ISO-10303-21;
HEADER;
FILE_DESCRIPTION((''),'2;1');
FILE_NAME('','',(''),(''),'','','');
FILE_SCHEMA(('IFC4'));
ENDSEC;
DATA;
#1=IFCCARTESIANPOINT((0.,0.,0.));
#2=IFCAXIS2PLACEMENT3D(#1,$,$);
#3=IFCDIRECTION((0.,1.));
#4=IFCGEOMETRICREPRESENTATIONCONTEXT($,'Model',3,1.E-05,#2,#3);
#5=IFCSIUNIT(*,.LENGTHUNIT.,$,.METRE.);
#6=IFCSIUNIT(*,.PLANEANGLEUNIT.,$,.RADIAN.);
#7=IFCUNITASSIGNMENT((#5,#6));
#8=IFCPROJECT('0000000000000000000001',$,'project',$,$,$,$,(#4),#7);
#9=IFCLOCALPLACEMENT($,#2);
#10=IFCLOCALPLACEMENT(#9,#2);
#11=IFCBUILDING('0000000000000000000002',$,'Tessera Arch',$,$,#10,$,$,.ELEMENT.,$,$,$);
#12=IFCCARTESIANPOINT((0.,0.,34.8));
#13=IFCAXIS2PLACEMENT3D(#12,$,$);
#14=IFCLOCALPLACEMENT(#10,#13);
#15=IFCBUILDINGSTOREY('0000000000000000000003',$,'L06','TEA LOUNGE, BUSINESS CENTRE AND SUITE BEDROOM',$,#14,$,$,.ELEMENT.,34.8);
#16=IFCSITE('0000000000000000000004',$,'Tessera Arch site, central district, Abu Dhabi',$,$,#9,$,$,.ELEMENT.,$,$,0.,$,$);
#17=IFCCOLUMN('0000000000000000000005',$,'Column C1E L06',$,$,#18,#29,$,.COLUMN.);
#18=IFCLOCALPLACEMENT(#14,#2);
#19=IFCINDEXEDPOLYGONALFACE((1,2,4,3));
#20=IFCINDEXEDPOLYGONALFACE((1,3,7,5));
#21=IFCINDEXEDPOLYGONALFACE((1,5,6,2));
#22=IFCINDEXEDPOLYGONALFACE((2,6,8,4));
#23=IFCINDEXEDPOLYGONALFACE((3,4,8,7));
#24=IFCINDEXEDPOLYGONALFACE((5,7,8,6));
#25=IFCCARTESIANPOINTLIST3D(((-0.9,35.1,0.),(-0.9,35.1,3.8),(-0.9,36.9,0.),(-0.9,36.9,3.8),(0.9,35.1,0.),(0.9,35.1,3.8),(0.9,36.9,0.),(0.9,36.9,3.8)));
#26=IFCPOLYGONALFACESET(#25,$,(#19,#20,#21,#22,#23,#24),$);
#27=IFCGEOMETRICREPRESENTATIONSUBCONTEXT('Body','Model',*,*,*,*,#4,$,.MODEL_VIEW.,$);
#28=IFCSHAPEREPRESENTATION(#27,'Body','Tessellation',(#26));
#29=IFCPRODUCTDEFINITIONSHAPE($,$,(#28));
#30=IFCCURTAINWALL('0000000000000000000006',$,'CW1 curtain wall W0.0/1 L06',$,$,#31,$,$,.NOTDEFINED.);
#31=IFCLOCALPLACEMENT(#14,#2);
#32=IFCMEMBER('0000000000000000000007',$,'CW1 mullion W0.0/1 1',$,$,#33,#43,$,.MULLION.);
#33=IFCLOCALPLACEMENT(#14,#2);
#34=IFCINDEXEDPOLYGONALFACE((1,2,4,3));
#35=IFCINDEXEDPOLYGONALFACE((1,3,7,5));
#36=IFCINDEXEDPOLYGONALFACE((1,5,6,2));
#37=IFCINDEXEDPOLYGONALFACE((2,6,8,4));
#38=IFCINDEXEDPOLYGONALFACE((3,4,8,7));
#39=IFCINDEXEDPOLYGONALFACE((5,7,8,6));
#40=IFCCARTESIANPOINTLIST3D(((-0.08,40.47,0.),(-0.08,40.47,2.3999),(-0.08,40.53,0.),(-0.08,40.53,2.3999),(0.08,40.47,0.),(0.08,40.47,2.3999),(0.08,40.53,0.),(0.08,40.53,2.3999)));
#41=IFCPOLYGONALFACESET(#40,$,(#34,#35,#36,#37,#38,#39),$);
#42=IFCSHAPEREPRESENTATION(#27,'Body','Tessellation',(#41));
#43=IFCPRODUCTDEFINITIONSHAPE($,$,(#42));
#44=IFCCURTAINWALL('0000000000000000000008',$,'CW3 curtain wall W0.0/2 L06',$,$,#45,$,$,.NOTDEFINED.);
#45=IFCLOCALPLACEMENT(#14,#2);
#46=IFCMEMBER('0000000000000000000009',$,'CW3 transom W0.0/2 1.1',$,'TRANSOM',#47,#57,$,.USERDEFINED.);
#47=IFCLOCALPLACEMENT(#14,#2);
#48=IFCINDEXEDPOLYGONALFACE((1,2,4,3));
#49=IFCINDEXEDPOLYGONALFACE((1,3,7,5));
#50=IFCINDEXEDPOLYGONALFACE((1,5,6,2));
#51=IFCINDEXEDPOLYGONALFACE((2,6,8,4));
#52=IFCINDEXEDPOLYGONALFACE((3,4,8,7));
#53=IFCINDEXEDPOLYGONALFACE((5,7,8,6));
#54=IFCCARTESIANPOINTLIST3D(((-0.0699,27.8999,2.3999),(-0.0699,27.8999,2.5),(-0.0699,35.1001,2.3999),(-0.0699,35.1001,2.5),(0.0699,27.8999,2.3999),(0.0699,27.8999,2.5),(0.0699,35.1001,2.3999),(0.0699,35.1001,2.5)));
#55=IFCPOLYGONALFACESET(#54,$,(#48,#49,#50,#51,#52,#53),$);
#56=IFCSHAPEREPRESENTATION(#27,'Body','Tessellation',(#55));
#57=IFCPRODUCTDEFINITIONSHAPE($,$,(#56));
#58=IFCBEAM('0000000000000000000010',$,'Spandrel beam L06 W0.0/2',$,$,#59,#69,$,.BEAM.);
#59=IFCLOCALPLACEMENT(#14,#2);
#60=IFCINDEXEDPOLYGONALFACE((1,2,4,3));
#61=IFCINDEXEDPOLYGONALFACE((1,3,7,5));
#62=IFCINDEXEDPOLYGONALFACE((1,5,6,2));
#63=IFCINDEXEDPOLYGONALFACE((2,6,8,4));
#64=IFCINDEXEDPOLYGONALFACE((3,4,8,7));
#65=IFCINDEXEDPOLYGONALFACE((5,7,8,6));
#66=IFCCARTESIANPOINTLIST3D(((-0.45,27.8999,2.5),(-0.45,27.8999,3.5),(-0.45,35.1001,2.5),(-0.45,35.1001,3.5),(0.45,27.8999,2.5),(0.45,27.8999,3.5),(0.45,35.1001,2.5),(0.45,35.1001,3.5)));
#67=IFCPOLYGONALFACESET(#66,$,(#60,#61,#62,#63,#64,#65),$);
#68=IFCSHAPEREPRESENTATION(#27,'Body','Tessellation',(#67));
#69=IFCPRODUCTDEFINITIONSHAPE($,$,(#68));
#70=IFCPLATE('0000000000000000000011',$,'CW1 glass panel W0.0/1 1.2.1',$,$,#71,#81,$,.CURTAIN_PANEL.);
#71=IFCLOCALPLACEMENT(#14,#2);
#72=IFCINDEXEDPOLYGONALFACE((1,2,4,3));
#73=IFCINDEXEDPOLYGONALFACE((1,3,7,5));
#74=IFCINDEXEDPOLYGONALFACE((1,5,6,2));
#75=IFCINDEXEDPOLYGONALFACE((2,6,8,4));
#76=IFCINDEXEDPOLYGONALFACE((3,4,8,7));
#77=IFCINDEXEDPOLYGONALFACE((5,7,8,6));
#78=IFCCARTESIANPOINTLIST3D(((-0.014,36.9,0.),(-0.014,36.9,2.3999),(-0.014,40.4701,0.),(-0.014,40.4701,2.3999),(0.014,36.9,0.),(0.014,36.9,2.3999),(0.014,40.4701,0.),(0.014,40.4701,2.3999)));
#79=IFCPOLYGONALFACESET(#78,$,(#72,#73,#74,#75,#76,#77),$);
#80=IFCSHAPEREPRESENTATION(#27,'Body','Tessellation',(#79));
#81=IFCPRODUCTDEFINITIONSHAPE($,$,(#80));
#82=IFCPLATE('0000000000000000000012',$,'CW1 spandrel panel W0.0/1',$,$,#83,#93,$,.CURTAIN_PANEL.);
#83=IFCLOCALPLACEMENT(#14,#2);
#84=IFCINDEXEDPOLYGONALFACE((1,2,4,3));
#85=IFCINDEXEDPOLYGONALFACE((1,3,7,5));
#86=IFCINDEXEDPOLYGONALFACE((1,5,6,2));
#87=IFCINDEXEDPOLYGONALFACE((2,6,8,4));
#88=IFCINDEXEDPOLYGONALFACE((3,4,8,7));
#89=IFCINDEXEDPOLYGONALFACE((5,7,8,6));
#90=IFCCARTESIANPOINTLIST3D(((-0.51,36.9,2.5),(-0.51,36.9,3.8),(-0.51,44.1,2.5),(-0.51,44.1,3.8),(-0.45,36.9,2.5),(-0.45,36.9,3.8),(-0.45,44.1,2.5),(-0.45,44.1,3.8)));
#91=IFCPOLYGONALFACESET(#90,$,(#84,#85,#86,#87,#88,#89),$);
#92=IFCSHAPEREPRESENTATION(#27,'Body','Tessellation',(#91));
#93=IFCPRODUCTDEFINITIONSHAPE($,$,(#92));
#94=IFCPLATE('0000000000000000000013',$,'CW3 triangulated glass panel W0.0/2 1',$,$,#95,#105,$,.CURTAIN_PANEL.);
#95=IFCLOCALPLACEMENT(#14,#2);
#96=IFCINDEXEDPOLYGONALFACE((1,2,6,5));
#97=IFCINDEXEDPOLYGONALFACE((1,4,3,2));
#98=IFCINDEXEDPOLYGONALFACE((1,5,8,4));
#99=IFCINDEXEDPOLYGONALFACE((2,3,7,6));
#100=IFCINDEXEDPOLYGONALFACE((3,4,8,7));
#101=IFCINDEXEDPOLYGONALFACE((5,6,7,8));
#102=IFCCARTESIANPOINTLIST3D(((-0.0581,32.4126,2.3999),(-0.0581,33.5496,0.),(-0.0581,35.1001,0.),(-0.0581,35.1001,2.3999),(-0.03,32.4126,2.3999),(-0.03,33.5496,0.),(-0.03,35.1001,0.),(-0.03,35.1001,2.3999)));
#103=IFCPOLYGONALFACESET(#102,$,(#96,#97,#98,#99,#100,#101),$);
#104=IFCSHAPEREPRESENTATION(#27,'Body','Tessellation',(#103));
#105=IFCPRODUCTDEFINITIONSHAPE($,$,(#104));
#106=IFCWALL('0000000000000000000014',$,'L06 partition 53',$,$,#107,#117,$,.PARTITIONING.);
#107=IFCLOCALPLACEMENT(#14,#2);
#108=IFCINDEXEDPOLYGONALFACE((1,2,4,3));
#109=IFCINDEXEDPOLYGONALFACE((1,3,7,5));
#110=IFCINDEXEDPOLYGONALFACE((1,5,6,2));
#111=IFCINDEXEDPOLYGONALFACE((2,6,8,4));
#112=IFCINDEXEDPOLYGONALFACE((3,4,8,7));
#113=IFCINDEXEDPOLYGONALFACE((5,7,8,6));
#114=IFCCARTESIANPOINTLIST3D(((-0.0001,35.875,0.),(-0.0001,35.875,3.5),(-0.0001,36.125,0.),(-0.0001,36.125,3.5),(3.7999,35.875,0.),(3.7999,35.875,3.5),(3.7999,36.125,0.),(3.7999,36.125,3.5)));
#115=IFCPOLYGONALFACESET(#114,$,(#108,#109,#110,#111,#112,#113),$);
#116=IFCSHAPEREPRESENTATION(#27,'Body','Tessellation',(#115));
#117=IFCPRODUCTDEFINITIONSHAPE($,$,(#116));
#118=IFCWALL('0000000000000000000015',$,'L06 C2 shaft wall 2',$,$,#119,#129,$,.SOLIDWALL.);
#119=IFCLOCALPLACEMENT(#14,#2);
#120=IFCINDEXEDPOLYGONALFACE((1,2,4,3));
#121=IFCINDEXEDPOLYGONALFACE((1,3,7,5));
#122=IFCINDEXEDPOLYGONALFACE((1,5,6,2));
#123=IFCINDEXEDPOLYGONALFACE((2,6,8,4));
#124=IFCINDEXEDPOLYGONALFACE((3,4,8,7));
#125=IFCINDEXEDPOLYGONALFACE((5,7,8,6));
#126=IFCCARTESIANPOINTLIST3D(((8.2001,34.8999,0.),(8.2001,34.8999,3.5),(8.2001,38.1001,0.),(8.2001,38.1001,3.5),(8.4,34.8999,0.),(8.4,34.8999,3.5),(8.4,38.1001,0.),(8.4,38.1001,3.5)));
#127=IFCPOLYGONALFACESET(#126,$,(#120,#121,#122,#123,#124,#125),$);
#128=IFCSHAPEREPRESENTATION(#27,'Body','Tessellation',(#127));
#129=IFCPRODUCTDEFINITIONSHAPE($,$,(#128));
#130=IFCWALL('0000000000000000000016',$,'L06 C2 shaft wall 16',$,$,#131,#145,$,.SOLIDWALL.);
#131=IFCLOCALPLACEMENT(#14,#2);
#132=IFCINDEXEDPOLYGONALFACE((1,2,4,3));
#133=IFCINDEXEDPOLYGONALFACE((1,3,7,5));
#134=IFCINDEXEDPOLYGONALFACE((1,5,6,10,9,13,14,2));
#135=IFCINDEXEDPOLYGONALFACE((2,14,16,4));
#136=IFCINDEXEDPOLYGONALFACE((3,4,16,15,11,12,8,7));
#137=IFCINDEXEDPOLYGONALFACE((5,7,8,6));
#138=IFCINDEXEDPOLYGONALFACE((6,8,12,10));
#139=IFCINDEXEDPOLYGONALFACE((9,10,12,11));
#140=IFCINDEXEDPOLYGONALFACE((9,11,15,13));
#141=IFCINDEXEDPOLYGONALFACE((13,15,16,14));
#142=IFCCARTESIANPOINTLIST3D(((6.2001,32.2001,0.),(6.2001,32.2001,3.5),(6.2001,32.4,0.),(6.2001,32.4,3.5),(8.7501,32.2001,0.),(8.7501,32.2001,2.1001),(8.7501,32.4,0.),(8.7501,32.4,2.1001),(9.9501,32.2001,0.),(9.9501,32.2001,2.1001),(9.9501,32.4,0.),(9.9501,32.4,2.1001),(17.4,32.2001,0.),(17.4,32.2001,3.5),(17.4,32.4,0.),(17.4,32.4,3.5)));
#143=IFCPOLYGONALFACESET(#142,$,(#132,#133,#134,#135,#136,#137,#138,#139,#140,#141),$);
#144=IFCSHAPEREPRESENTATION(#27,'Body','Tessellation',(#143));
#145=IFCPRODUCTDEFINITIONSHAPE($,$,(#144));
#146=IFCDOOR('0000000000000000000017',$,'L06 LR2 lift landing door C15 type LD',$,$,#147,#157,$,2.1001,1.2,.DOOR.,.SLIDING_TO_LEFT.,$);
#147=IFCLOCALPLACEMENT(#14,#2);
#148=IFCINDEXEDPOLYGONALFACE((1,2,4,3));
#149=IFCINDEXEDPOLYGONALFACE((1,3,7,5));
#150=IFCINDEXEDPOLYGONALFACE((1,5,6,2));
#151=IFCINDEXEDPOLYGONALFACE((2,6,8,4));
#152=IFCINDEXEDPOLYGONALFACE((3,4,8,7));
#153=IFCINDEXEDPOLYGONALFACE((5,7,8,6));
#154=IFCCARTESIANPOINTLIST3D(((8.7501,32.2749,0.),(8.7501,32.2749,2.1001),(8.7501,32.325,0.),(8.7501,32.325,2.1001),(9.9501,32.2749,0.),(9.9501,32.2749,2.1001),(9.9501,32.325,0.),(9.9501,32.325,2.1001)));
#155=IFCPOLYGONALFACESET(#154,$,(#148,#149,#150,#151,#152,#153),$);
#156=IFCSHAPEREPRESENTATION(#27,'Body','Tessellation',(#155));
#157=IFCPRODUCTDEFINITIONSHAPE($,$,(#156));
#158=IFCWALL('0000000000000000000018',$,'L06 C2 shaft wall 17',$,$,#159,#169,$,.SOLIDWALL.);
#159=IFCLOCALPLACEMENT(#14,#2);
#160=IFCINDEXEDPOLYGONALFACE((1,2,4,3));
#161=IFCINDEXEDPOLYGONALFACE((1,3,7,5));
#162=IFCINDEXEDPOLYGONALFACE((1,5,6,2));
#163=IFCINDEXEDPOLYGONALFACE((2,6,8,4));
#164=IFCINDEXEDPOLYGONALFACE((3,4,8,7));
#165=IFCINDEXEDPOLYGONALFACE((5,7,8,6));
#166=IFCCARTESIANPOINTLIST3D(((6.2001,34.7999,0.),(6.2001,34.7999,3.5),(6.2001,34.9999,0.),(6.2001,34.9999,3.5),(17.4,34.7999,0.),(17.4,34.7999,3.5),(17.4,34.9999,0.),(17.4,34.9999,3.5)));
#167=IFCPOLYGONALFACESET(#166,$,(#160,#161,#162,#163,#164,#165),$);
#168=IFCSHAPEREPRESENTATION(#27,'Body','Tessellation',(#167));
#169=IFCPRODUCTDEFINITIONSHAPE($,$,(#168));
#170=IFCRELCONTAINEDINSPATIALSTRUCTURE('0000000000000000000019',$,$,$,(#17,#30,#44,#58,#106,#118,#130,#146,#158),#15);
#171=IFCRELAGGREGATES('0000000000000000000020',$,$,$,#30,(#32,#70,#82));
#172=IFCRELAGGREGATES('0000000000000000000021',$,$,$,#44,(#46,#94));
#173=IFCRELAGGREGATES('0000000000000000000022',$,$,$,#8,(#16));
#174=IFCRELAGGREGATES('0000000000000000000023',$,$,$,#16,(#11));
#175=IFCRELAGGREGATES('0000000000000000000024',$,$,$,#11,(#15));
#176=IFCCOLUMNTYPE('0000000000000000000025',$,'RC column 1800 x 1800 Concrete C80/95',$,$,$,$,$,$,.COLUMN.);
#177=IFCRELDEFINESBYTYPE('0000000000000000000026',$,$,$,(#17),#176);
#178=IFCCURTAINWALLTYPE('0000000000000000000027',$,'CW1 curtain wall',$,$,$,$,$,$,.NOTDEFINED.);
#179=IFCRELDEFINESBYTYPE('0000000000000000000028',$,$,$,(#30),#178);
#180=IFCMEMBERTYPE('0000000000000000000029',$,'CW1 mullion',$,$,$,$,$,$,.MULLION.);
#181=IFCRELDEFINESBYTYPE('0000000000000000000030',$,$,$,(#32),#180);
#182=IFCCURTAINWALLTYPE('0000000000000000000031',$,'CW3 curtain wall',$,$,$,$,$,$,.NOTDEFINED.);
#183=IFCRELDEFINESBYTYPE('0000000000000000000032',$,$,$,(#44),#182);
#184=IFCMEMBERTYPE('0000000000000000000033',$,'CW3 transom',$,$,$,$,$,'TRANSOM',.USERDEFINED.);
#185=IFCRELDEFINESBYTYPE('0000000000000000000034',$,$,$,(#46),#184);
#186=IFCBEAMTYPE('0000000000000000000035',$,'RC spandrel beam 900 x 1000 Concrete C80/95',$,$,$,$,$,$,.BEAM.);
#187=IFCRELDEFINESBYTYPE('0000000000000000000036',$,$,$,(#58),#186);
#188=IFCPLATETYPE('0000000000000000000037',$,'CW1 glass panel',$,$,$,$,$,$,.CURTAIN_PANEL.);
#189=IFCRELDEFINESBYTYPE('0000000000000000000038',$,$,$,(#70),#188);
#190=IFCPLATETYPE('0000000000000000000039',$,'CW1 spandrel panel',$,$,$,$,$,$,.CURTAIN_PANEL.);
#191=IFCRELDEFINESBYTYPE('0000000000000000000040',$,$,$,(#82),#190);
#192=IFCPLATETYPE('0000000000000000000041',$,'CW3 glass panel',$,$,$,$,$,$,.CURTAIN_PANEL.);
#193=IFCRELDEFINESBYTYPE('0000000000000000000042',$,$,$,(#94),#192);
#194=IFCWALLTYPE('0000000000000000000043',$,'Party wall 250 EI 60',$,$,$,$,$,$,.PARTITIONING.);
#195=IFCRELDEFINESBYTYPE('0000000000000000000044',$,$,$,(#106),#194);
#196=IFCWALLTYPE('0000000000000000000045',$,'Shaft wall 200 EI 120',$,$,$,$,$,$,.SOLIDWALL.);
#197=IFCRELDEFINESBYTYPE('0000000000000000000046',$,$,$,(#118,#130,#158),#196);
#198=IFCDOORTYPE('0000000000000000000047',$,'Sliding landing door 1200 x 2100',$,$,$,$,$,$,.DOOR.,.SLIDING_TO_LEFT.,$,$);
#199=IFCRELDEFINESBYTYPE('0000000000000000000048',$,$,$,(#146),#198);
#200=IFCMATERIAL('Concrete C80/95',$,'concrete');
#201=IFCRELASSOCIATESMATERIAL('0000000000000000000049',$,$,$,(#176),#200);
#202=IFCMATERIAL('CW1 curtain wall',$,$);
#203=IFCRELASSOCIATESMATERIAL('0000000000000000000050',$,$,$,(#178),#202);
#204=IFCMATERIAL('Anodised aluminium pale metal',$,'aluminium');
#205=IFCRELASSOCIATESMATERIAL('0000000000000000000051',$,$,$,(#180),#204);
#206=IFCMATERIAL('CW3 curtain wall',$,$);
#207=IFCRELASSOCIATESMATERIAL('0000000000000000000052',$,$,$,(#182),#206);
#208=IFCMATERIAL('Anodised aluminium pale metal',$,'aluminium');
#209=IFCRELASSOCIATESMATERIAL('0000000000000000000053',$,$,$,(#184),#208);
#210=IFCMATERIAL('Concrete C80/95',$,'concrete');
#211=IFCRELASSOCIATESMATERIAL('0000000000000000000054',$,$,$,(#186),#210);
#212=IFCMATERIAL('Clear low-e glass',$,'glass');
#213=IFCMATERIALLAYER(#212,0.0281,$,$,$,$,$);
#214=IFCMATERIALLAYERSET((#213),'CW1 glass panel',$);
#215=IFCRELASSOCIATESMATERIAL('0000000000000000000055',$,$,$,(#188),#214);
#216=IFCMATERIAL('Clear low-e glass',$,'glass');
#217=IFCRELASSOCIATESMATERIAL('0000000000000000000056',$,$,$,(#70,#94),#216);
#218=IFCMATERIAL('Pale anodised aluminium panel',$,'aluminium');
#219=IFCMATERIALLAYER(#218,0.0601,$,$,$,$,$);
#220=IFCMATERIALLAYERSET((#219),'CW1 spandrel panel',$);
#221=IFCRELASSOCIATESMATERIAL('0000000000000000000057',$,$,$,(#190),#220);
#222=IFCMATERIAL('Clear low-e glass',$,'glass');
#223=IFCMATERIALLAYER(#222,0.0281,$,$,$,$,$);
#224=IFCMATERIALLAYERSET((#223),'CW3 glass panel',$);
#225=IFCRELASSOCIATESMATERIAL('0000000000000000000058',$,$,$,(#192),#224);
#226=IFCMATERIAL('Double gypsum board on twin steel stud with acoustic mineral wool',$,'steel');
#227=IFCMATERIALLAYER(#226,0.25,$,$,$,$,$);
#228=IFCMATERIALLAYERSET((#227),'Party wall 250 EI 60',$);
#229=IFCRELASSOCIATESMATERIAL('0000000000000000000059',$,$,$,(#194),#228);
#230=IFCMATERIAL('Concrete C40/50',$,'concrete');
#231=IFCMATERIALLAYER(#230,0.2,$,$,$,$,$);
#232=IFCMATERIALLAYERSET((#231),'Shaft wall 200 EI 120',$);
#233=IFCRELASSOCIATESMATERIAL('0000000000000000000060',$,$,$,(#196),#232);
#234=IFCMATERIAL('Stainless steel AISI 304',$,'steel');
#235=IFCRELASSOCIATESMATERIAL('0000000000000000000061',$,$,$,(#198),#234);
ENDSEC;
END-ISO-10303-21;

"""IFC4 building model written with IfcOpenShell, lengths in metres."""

from ifc_helpers import new_model, si_unit, direction, frame, frame_2d, origin, origin_2d, place, context, subcontext, project, spatial, polyline, rectangle, outline, extrude, material, layer, layer_set, material_profile, profile_set, type_object, element, fill, aggregate, save


model = new_model("IFC4")

# Units and contexts
model_context = context("Model", 3, precision=1e-05, world=origin(), true_north=direction((0.0, 1.0)))
body_context = subcontext(model_context, "Body", "Model", "MODEL_VIEW")
ifc_project = project(units=[si_unit("LENGTHUNIT", "METRE"), si_unit("PLANEANGLEUNIT", "RADIAN")], contexts=[model_context])

# Site, building, storey
site_placement = place(None, origin())
site = spatial("IfcSite", under=ifc_project, at=site_placement, Name="Tessera Arch site, central district, Abu Dhabi", CompositionType="ELEMENT", RefElevation=0.0)
building_placement = place(site_placement, origin())
building = spatial("IfcBuilding", under=site, at=building_placement, Name="Tessera Arch", CompositionType="ELEMENT")
storey_placement = place(building_placement, frame((0.0, 0.0, 34.8)))
storey = spatial("IfcBuildingStorey", under=building, at=storey_placement, Name="L06", Description="TEA LOUNGE, BUSINESS CENTRE AND SUITE BEDROOM", CompositionType="ELEMENT", Elevation=34.8)

# Column
ifc_material_1 = material(Name="Concrete C80/95", Category="concrete")
ifc_material_profile_1 = material_profile(ifc_material_1, rectangle(XDim=1.8, YDim=1.8, at=origin_2d()), Name="RC column 1800 x 1800 Concrete C80/95")
ifc_profile_set_1 = profile_set([ifc_material_profile_1], Name="Concrete C80/95")
column_type = type_object("IfcColumnType", Name="RC column 1800 x 1800 Concrete C80/95", PredefinedType="COLUMN", material=ifc_profile_set_1)
column_placement = place(storey_placement, frame((0.0, 36.0, 0.0), z_axis=(0.0, 0.0, 1.0), x_axis=(1.0, 0.0, 0.0)))
element("IfcColumn", 1, at=column_placement, inside=storey, type_object=column_type, Name="Column C1E L06", PredefinedType="COLUMN", context=body_context, shape_type="SweptSolid", body=[
    extrude(rectangle(XDim=1.8, YDim=1.8, at=origin_2d()), origin(), (0.0, 0.0, 1.0), 3.8),
])

# Curtain walls, members
ifc_material_2 = material(Name="CW1 curtain wall")
curtain_wall_type_1 = type_object("IfcCurtainWallType", Name="CW1 curtain wall", PredefinedType="NOTDEFINED", material=ifc_material_2)
curtain_wall_1_placement = place(storey_placement, origin())
curtain_wall_1 = element("IfcCurtainWall", 2, at=curtain_wall_1_placement, inside=storey, type_object=curtain_wall_type_1, Name="CW1 curtain wall W0.0/1 L06", PredefinedType="NOTDEFINED")
ifc_material_3 = material(Name="Anodised aluminium pale metal", Category="aluminium")
ifc_material_profile_2 = material_profile(ifc_material_3, rectangle(XDim=0.1599, YDim=0.0601, at=origin_2d()), Name="AL 60x160")
ifc_profile_set_2 = profile_set([ifc_material_profile_2], Name="Anodised aluminium pale metal")
member_type_1 = type_object("IfcMemberType", Name="CW1 mullion", PredefinedType="MULLION", material=ifc_profile_set_2)
member_1_placement = place(storey_placement, frame((0.0, 40.5, 0.0), z_axis=(0.0, 0.0, 1.0), x_axis=(1.0, 0.0, 0.0)))
member_1 = element("IfcMember", 3, at=member_1_placement, type_object=member_type_1, Name="CW1 mullion W0.0/1 1", PredefinedType="MULLION", context=body_context, shape_type="SweptSolid", body=[
    extrude(rectangle(XDim=0.1599, YDim=0.0601, at=origin_2d()), origin(), (0.0, 0.0, 1.0), 2.3999),
])
ifc_material_4 = material(Name="CW3 curtain wall")
curtain_wall_type_2 = type_object("IfcCurtainWallType", Name="CW3 curtain wall", PredefinedType="NOTDEFINED", material=ifc_material_4)
curtain_wall_2_placement = place(storey_placement, origin())
curtain_wall_2 = element("IfcCurtainWall", 4, at=curtain_wall_2_placement, inside=storey, type_object=curtain_wall_type_2, Name="CW3 curtain wall W0.0/2 L06", PredefinedType="NOTDEFINED")
ifc_material_5 = material(Name="Anodised aluminium pale metal", Category="aluminium")
ifc_material_profile_3 = material_profile(ifc_material_5, rectangle(XDim=0.1399, YDim=0.1001, at=origin_2d()), Name="AL 140x100")
ifc_profile_set_3 = profile_set([ifc_material_profile_3], Name="Anodised aluminium pale metal")
member_type_2 = type_object("IfcMemberType", Name="CW3 transom", ElementType="TRANSOM", PredefinedType="USERDEFINED", material=ifc_profile_set_3)
member_2_placement = place(storey_placement, frame((0.0, 35.1001, 2.45), z_axis=(0.0, -1.0, 0.0), x_axis=(1.0, 0.0, 0.0)))
member_2 = element("IfcMember", 5, at=member_2_placement, type_object=member_type_2, Name="CW3 transom W0.0/2 1.1", ObjectType="TRANSOM", PredefinedType="USERDEFINED", context=body_context, shape_type="SweptSolid", body=[
    extrude(rectangle(XDim=0.1399, YDim=0.1001, at=origin_2d()), origin(), (0.0, 0.0, 1.0), 7.2002),
])

# Beam
ifc_material_6 = material(Name="Concrete C80/95", Category="concrete")
ifc_material_profile_4 = material_profile(ifc_material_6, rectangle(XDim=0.8999, YDim=1.0, at=origin_2d()), Name="RC spandrel beam 900 x 1000 Concrete C80/95")
ifc_profile_set_4 = profile_set([ifc_material_profile_4], Name="Concrete C80/95")
beam_type = type_object("IfcBeamType", Name="RC spandrel beam 900 x 1000 Concrete C80/95", PredefinedType="BEAM", material=ifc_profile_set_4)
beam_placement = place(storey_placement, frame((0.0, 35.1001, 3.0), z_axis=(0.0, -1.0, 0.0), x_axis=(1.0, 0.0, 0.0)))
element("IfcBeam", 6, at=beam_placement, inside=storey, type_object=beam_type, Name="Spandrel beam L06 W0.0/2", PredefinedType="BEAM", context=body_context, shape_type="SweptSolid", body=[
    extrude(rectangle(XDim=0.8999, YDim=1.0, at=origin_2d()), origin(), (0.0, 0.0, 1.0), 7.2002),
])

# Plates
ifc_material_7 = material(Name="Clear low-e glass", Category="glass")
ifc_material_8 = material(Name="Clear low-e glass", Category="glass")
ifc_layer_1 = layer(ifc_material_8, 0.0281)
ifc_layer_set_1 = layer_set([ifc_layer_1], Name="CW1 glass panel")
plate_type_1 = type_object("IfcPlateType", Name="CW1 glass panel", PredefinedType="CURTAIN_PANEL", material=ifc_layer_set_1)
plate_1_placement = place(storey_placement, frame((0.0, 38.6851, 0.0), z_axis=(0.0, 0.0, 1.0), x_axis=(0.0, -1.0, 0.0)))
plate_1 = element("IfcPlate", 7, at=plate_1_placement, type_object=plate_type_1, material=ifc_material_7, Name="CW1 glass panel W0.0/1 1.2.1", PredefinedType="CURTAIN_PANEL", context=body_context, shape_type="SweptSolid", body=[
    extrude(rectangle(XDim=3.5701, YDim=0.0281, at=origin_2d()), origin(), (0.0, 0.0, 1.0), 2.3999),
])
ifc_material_9 = material(Name="Pale anodised aluminium panel", Category="aluminium")
ifc_layer_2 = layer(ifc_material_9, 0.0601)
ifc_layer_set_2 = layer_set([ifc_layer_2], Name="CW1 spandrel panel")
plate_type_2 = type_object("IfcPlateType", Name="CW1 spandrel panel", PredefinedType="CURTAIN_PANEL", material=ifc_layer_set_2)
plate_2_placement = place(storey_placement, frame((-0.48, 40.5, 2.5), z_axis=(0.0, 0.0, 1.0), x_axis=(0.0, -1.0, 0.0)))
plate_2 = element("IfcPlate", 8, at=plate_2_placement, type_object=plate_type_2, Name="CW1 spandrel panel W0.0/1", PredefinedType="CURTAIN_PANEL", context=body_context, shape_type="SweptSolid", body=[
    extrude(rectangle(XDim=7.2, YDim=0.0601, at=origin_2d()), origin(), (0.0, 0.0, 1.0), 1.3),
])
aggregate(curtain_wall_1, [member_1, plate_1, plate_2])
ifc_material_10 = material(Name="Clear low-e glass", Category="glass")
ifc_layer_3 = layer(ifc_material_10, 0.0281)
ifc_layer_set_3 = layer_set([ifc_layer_3], Name="CW3 glass panel")
plate_type_3 = type_object("IfcPlateType", Name="CW3 glass panel", PredefinedType="CURTAIN_PANEL", material=ifc_layer_set_3)
plate_3_placement = place(storey_placement, frame((-0.0581, 35.1001, 0.0), z_axis=(-1.0, 0.0, 0.0), x_axis=(0.0, -1.0, 0.0)))
plate_3 = element("IfcPlate", 9, at=plate_3_placement, type_object=plate_type_3, material=ifc_material_7, Name="CW3 triangulated glass panel W0.0/2 1", PredefinedType="CURTAIN_PANEL", context=body_context, shape_type="SweptSolid", body=[
    extrude(outline(polyline([(0.0, 0.0), (1.5505, 0.0), (2.6875, 2.3999), (0.0, 2.3999), (0.0, 0.0)])), origin(), (0.0, 0.0, -1.0), 0.0281),
])
aggregate(curtain_wall_2, [member_2, plate_3])

# Walls
ifc_material_11 = material(Name="Double gypsum board on twin steel stud with acoustic mineral wool", Category="steel")
ifc_layer_4 = layer(ifc_material_11, 0.25)
ifc_layer_set_4 = layer_set([ifc_layer_4], Name="Party wall 250 EI 60")
wall_type_1 = type_object("IfcWallType", Name="Party wall 250 EI 60", PredefinedType="PARTITIONING", material=ifc_layer_set_4)
wall_1_placement = place(storey_placement, frame((0.0, 36.0, 0.0), z_axis=(0.0, 0.0, 1.0), x_axis=(1.0, 0.0, 0.0)))
element("IfcWall", 10, at=wall_1_placement, inside=storey, type_object=wall_type_1, Name="L06 partition 53", PredefinedType="PARTITIONING", context=body_context, shape_type="SweptSolid", body=[
    extrude(rectangle(XDim=3.8, YDim=0.25, at=frame_2d((1.8999, 0.0))), origin(), (0.0, 0.0, 1.0), 3.5),
])
ifc_material_12 = material(Name="Concrete C40/50", Category="concrete")
ifc_layer_5 = layer(ifc_material_12, 0.2)
ifc_layer_set_5 = layer_set([ifc_layer_5], Name="Shaft wall 200 EI 120")
wall_type_2 = type_object("IfcWallType", Name="Shaft wall 200 EI 120", PredefinedType="SOLIDWALL", material=ifc_layer_set_5)
wall_2_placement = place(storey_placement, frame((8.3, 34.8999, 0.0), z_axis=(0.0, 0.0, 1.0), x_axis=(0.0, 1.0, 0.0)))
element("IfcWall", 11, at=wall_2_placement, inside=storey, type_object=wall_type_2, Name="L06 C2 shaft wall 2", PredefinedType="SOLIDWALL", context=body_context, shape_type="SweptSolid", body=[
    extrude(rectangle(XDim=3.2002, YDim=0.2, at=frame_2d((1.6001, 0.0))), origin(), (0.0, 0.0, 1.0), 3.5),
])

# Wall, opening, door
wall_3_placement = place(storey_placement, frame((6.2, 32.3, 0.0), z_axis=(0.0, 0.0, 1.0), x_axis=(1.0, 0.0, 0.0)))
wall_3 = element("IfcWall", 12, at=wall_3_placement, inside=storey, type_object=wall_type_2, Name="L06 C2 shaft wall 16", PredefinedType="SOLIDWALL", context=body_context, shape_type="SweptSolid", body=[
    extrude(rectangle(XDim=11.2, YDim=0.2, at=frame_2d((5.6001, 0.0))), origin(), (0.0, 0.0, 1.0), 3.5),
])
opening_1_placement = place(wall_3_placement, frame((2.55, 0.0, 0.0)))
opening_1 = element("IfcOpeningElement", 13, at=opening_1_placement, cuts=wall_3, PredefinedType="OPENING", context=body_context, shape_type="SweptSolid", body=[
    extrude(rectangle(XDim=1.2, YDim=2.1001, at=frame_2d((0.6001, 1.05))), frame((0.0, 0.1099, 0.0), z_axis=(0.0, -1.0, 0.0), x_axis=(1.0, 0.0, 0.0)), (0.0, 0.0, 1.0), 0.22),
])
ifc_material_13 = material(Name="Stainless steel AISI 304", Category="steel")
door_type = type_object("IfcDoorType", Name="Sliding landing door 1200 x 2100", OperationType="SLIDING_TO_LEFT", PredefinedType="DOOR", material=ifc_material_13)
door_1_placement = place(opening_1_placement, origin())
door_1 = element("IfcDoor", 14, at=door_1_placement, inside=storey, type_object=door_type, Name="L06 LR2 lift landing door C15 type LD", OperationType="SLIDING_TO_LEFT", OverallHeight=2.1001, OverallWidth=1.2, PredefinedType="DOOR", context=body_context, shape_type="SweptSolid", body=[
    extrude(rectangle(XDim=1.2, YDim=2.1001, at=frame_2d((0.6001, 1.05))), frame((0.0, 0.0249, 0.0), z_axis=(0.0, -1.0, 0.0), x_axis=(1.0, 0.0, 0.0)), (0.0, 0.0, 1.0), 0.05),
])
fill(opening_1, door_1)

# Wall
wall_4_placement = place(storey_placement, frame((6.2, 34.8999, 0.0), z_axis=(0.0, 0.0, 1.0), x_axis=(1.0, 0.0, 0.0)))
element("IfcWall", 15, at=wall_4_placement, inside=storey, type_object=wall_type_2, Name="L06 C2 shaft wall 17", PredefinedType="SOLIDWALL", context=body_context, shape_type="SweptSolid", body=[
    extrude(rectangle(XDim=11.2, YDim=0.2, at=frame_2d((5.6001, 0.0))), origin(), (0.0, 0.0, 1.0), 3.5),
])

save(model, "model.ifc")
